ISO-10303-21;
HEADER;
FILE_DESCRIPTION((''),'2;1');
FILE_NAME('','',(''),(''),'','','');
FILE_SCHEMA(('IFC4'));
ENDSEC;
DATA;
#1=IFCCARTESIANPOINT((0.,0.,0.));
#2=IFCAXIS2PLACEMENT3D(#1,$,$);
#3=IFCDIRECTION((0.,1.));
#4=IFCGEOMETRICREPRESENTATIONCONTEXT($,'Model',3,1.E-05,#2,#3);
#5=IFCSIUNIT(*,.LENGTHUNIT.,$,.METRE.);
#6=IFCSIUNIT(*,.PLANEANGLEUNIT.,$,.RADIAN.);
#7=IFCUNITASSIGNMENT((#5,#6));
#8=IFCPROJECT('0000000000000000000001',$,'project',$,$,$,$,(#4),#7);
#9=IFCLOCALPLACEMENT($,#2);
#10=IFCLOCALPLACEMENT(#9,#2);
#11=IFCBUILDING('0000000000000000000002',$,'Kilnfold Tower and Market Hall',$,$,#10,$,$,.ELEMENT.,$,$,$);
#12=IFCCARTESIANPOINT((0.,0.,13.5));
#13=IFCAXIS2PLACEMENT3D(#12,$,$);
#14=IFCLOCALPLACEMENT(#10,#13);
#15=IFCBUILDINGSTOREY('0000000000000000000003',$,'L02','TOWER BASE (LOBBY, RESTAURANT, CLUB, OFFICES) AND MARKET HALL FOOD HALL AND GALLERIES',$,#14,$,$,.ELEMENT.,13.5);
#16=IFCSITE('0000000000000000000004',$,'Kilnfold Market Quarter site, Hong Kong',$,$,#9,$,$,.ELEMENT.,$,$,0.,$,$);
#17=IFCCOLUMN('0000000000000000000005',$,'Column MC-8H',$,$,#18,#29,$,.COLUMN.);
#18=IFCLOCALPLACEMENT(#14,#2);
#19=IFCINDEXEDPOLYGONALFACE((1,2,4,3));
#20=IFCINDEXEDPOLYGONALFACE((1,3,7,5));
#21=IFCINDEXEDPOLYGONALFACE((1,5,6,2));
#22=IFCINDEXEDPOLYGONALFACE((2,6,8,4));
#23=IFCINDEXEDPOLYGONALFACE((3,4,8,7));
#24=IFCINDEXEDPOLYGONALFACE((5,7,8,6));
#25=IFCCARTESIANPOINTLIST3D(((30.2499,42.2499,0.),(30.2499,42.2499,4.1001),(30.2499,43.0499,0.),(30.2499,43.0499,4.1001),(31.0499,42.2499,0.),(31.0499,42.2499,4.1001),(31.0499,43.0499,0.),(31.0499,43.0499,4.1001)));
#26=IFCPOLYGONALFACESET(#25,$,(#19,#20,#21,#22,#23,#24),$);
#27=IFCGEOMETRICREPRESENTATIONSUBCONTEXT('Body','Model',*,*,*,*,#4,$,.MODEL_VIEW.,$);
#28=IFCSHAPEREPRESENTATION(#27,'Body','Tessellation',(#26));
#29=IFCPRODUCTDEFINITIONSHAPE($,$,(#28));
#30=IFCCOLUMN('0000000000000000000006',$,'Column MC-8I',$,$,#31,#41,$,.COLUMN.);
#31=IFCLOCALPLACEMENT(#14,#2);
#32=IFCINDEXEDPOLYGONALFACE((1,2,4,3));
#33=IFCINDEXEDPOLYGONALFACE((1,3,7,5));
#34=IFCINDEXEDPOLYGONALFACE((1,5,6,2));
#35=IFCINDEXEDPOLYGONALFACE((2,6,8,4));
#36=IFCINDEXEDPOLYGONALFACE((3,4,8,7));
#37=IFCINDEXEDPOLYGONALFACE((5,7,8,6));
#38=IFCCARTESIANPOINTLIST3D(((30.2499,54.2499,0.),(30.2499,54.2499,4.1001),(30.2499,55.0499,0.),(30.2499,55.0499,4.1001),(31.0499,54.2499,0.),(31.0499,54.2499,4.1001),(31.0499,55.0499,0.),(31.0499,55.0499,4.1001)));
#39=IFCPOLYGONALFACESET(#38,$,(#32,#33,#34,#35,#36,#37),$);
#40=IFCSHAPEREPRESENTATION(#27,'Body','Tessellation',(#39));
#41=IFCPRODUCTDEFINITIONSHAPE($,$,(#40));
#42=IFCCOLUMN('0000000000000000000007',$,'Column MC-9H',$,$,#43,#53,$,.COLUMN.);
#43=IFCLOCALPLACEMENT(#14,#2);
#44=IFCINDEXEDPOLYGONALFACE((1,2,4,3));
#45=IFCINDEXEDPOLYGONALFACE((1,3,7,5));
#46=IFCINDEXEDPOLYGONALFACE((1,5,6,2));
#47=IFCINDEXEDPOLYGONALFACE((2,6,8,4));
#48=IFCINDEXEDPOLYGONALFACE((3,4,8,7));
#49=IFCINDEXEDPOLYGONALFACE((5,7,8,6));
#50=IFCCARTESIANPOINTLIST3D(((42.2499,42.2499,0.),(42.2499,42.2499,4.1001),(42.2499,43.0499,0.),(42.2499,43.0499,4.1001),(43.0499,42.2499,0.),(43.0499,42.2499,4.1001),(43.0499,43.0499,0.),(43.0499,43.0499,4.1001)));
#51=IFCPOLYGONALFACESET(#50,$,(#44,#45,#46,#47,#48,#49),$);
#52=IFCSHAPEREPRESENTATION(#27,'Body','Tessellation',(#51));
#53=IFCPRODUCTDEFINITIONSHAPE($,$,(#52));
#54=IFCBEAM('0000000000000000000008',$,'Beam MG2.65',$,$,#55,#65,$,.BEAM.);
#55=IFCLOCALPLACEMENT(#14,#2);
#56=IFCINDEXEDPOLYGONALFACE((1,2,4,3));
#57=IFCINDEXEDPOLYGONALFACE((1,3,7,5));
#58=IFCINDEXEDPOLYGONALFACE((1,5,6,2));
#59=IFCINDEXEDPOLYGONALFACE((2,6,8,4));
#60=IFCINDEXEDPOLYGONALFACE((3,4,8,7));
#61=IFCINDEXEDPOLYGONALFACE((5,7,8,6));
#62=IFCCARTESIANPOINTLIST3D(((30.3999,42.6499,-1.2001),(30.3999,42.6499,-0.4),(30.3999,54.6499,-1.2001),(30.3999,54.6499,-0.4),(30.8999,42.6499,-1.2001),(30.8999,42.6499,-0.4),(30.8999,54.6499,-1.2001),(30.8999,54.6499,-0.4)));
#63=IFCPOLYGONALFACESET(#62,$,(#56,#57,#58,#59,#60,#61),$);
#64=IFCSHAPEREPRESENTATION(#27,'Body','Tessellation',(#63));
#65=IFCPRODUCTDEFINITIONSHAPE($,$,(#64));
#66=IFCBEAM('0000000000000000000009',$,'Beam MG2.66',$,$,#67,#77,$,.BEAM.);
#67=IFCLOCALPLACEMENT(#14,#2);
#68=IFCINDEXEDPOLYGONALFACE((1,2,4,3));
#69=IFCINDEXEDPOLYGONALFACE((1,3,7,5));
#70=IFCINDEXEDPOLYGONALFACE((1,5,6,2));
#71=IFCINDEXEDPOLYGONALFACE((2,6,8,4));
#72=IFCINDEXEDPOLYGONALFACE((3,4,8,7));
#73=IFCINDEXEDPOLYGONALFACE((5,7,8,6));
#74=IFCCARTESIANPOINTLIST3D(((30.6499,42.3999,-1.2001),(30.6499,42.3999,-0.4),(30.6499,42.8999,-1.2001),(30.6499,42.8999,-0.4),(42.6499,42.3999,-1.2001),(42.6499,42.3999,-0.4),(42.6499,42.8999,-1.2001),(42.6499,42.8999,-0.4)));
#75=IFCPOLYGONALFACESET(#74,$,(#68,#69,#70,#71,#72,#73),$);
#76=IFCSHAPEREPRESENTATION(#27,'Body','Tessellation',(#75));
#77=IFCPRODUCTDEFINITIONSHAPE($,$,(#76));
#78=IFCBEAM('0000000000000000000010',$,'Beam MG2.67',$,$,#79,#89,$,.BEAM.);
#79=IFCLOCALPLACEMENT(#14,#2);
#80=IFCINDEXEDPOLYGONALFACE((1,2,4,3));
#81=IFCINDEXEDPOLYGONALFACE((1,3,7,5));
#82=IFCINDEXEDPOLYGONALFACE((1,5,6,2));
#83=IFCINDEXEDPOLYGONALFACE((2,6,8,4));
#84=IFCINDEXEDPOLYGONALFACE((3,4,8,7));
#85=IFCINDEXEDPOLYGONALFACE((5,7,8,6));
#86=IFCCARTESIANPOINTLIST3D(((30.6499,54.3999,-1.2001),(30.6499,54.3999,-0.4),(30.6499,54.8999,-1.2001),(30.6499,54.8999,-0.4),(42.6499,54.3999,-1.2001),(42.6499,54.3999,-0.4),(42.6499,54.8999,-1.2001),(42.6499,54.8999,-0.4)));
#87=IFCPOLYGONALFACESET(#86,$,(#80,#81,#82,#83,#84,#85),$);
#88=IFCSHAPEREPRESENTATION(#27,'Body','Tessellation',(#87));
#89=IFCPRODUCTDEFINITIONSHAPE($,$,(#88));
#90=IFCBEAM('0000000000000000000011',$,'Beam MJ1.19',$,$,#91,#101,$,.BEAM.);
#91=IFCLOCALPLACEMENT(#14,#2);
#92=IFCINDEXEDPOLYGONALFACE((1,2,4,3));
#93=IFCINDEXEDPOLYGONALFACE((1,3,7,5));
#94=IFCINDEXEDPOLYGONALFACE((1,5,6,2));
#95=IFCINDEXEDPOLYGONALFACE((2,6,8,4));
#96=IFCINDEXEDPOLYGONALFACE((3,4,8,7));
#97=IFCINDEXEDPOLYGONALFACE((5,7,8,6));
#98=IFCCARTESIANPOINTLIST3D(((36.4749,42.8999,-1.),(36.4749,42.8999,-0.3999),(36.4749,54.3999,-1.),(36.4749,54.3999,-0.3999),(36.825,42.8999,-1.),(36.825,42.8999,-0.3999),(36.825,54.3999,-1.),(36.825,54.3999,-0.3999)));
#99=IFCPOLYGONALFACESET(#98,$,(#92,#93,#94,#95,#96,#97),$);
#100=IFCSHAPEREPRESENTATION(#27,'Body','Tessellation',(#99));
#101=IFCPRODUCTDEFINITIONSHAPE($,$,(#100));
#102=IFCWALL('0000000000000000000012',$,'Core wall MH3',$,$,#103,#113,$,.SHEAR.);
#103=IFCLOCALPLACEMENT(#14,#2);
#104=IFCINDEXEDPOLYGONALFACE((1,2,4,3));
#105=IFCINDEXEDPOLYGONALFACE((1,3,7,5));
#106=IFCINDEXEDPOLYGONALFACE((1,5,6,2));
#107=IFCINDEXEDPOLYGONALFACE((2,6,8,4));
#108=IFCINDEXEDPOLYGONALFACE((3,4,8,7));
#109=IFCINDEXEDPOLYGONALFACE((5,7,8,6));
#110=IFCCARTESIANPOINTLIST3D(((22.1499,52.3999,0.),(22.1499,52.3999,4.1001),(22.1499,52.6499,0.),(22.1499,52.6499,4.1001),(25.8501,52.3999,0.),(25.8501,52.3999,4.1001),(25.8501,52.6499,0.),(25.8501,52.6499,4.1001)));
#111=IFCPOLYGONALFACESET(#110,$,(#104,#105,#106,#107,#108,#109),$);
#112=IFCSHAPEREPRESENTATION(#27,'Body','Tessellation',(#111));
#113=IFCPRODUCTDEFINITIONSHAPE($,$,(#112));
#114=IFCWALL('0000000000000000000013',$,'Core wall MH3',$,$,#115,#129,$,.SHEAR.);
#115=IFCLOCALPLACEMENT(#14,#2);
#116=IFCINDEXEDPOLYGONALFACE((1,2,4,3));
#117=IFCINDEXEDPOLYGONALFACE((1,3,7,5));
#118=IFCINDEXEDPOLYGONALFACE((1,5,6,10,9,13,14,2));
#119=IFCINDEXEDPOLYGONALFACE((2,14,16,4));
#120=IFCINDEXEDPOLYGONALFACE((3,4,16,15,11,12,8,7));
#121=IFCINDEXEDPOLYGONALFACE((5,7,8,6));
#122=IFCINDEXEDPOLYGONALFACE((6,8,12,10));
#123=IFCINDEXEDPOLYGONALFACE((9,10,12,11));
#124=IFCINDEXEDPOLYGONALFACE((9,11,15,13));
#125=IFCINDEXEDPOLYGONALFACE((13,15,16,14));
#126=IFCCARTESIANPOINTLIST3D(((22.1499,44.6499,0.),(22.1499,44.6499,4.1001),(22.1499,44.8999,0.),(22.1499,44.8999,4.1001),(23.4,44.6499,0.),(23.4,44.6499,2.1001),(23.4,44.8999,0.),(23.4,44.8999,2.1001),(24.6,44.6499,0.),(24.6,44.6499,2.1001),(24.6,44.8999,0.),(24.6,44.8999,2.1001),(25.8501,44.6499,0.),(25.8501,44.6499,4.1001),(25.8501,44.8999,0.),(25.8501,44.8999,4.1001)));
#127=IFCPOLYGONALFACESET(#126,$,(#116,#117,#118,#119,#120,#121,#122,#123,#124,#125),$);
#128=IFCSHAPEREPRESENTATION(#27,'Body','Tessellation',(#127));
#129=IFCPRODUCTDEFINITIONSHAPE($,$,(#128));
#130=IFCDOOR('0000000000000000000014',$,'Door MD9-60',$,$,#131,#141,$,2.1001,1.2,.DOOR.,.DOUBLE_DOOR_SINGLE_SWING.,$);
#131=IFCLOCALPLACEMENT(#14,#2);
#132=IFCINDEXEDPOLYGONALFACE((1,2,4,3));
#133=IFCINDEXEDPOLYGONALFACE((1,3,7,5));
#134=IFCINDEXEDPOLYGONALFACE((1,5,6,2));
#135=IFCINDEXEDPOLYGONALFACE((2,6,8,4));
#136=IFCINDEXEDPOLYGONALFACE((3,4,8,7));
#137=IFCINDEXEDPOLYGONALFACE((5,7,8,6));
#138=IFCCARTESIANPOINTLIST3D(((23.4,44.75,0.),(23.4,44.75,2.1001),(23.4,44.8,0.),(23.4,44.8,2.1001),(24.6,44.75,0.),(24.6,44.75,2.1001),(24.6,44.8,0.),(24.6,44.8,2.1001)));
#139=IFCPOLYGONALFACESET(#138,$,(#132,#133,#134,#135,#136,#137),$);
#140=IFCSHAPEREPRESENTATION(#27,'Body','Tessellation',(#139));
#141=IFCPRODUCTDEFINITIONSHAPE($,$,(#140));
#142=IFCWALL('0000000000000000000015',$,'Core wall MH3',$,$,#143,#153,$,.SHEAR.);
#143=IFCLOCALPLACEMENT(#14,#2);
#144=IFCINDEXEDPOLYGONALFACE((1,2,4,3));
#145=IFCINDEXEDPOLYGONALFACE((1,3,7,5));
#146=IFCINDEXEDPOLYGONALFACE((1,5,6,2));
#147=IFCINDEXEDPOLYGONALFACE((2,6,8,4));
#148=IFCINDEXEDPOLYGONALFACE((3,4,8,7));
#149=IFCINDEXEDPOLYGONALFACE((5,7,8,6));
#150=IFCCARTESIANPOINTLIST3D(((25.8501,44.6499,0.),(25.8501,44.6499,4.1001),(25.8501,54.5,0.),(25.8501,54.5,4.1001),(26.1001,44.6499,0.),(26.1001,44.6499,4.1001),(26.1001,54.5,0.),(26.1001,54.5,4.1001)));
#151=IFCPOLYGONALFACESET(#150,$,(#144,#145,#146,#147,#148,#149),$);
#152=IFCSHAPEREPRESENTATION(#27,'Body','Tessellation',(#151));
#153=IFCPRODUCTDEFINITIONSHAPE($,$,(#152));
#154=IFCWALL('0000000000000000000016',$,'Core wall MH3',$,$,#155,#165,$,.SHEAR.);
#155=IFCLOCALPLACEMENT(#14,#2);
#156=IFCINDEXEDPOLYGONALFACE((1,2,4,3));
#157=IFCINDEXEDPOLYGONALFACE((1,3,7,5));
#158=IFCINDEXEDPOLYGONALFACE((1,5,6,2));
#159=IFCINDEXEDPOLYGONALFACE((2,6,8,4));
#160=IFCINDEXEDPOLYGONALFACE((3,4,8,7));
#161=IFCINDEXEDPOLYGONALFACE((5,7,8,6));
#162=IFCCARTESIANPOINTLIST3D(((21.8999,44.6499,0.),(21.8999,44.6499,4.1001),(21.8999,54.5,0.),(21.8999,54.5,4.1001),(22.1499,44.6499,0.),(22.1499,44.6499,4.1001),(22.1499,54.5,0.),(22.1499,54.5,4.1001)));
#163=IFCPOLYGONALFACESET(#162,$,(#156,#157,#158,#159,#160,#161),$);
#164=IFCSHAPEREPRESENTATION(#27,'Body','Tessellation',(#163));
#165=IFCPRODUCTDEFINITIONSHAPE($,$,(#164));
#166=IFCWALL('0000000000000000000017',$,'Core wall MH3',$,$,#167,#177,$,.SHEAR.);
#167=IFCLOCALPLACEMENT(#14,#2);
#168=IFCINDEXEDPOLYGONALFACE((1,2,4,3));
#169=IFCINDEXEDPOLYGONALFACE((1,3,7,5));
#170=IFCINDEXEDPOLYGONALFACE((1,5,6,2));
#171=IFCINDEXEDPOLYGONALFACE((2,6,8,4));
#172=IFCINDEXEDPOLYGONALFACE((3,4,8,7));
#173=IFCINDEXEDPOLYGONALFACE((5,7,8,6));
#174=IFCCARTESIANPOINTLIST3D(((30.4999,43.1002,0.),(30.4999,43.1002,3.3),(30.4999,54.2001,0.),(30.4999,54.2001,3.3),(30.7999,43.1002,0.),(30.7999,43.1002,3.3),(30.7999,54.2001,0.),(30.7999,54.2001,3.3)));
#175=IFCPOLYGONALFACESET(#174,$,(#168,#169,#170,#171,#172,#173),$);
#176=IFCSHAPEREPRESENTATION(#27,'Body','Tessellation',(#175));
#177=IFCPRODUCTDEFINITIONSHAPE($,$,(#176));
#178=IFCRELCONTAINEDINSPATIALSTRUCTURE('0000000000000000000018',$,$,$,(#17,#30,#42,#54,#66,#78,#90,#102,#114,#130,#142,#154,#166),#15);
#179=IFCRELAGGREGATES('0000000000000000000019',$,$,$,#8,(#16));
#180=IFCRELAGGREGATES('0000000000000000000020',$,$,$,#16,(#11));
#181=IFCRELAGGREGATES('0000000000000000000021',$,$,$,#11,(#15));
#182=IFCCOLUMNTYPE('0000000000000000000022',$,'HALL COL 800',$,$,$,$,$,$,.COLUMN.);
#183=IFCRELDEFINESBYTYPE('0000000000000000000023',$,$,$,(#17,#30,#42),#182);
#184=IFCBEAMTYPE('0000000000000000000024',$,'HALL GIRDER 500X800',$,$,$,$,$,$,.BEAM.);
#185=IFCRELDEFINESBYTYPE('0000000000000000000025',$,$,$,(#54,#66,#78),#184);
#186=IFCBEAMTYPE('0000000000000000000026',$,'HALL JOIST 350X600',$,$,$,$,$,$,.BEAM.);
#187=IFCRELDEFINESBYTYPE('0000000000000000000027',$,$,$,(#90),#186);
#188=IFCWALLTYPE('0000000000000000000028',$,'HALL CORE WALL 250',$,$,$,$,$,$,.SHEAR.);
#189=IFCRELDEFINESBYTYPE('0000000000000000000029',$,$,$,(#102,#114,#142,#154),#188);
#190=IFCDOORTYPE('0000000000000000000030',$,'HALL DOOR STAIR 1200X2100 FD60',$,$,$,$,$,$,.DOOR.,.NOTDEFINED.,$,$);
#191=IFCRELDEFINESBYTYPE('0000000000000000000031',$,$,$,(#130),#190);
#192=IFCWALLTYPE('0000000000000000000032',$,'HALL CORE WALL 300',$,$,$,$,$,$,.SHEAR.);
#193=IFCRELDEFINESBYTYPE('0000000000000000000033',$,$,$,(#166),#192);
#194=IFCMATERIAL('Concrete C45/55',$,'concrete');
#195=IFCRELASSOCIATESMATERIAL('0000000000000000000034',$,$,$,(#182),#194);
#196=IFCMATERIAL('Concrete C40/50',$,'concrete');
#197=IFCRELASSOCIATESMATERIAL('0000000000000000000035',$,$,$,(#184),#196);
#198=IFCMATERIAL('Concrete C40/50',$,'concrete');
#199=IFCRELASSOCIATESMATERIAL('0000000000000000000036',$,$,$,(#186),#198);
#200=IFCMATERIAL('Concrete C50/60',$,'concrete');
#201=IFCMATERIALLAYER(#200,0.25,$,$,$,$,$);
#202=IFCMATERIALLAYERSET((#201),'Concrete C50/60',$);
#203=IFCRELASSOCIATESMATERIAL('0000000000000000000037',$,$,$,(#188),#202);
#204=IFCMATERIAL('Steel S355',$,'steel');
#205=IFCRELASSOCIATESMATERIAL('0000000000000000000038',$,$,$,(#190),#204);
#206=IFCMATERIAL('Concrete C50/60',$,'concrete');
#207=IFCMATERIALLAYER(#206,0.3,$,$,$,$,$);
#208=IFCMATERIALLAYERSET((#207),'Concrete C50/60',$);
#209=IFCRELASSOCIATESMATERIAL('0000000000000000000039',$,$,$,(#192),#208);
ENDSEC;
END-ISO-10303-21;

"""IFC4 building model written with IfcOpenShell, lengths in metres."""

from ifc_helpers import new_model, si_unit, direction, frame, frame_2d, origin, origin_2d, place, context, subcontext, project, spatial, rectangle, extrude, source, transform, mapped, material, layer, layer_set, material_profile, profile_set, type_object, element, fill, save


model = new_model("IFC4")

# Units and contexts
model_context = context("Model", 3, precision=1e-05, world=origin(), true_north=direction((0.0, 1.0)))
body_context = subcontext(model_context, "Body", "Model", "MODEL_VIEW")
ifc_project = project(units=[si_unit("LENGTHUNIT", "METRE"), si_unit("PLANEANGLEUNIT", "RADIAN")], contexts=[model_context])

# Site, building, storey
site_placement = place(None, origin())
site = spatial("IfcSite", under=ifc_project, at=site_placement, Name="Kilnfold Market Quarter site, Hong Kong", CompositionType="ELEMENT", RefElevation=0.0)
building_placement = place(site_placement, origin())
building = spatial("IfcBuilding", under=site, at=building_placement, Name="Kilnfold Tower and Market Hall", CompositionType="ELEMENT")
storey_placement = place(building_placement, frame((0.0, 0.0, 13.5)))
storey = spatial("IfcBuildingStorey", under=building, at=storey_placement, Name="L02", Description="TOWER BASE (LOBBY, RESTAURANT, CLUB, OFFICES) AND MARKET HALL FOOD HALL AND GALLERIES", CompositionType="ELEMENT", Elevation=13.5)

# Columns
ifc_material_1 = material(Name="Concrete C45/55", Category="concrete")
ifc_material_profile_1 = material_profile(ifc_material_1, rectangle(XDim=0.8, YDim=0.8, at=origin_2d()), Name="RC 800x800")
ifc_profile_set_1 = profile_set([ifc_material_profile_1], Name="Concrete C45/55")
column_type = type_object("IfcColumnType", Name="HALL COL 800", PredefinedType="COLUMN", material=ifc_profile_set_1)
shared_shape_1 = source(origin(), body_context, "Body", "SweptSolid", [
    extrude(rectangle(XDim=0.8, YDim=0.8, at=origin_2d()), origin(), (0.0, 0.0, 1.0), 4.1001),
])
for number, where, z_axis, x_axis, name in (
    (1, (30.6499, 42.6499, 0.0), (0.0, 0.0, 1.0), (1.0, 0.0, 0.0), "Column MC-8H"),
    (2, (30.6499, 54.6499, 0.0), (0.0, 0.0, 1.0), (1.0, 0.0, 0.0), "Column MC-8I"),
    (3, (42.6499, 42.6499, 0.0), (0.0, 0.0, 1.0), (1.0, 0.0, 0.0), "Column MC-9H"),
):
    element("IfcColumn", number, at=place(storey_placement, frame(where, z_axis=z_axis, x_axis=x_axis)), inside=storey, type_object=column_type, Name=name, PredefinedType="COLUMN", context=body_context, shape_type="MappedRepresentation", body=[
        mapped(shared_shape_1, transform((0.0, 0.0, 0.0))),
    ])

# Beams
ifc_material_2 = material(Name="Concrete C40/50", Category="concrete")
ifc_material_profile_2 = material_profile(ifc_material_2, rectangle(XDim=0.5, YDim=0.8, at=origin_2d()), Name="RC 500x800")
ifc_profile_set_2 = profile_set([ifc_material_profile_2], Name="Concrete C40/50")
beam_type_1 = type_object("IfcBeamType", Name="HALL GIRDER 500X800", PredefinedType="BEAM", material=ifc_profile_set_2)
for number, where, z_axis, x_axis, name in (
    (4, (30.6499, 42.6499, -0.8), (0.0, 1.0, 0.0), (-1.0, 0.0, 0.0), "Beam MG2.65"),
    (5, (30.6499, 42.6499, -0.8), (1.0, 0.0, 0.0), (0.0, 1.0, 0.0), "Beam MG2.66"),
    (6, (30.6499, 54.6499, -0.8), (1.0, 0.0, 0.0), (0.0, 1.0, 0.0), "Beam MG2.67"),
):
    element("IfcBeam", number, at=place(storey_placement, frame(where, z_axis=z_axis, x_axis=x_axis)), inside=storey, type_object=beam_type_1, Name=name, PredefinedType="BEAM", context=body_context, shape_type="SweptSolid", body=[
        extrude(rectangle(XDim=0.5, YDim=0.8, at=origin_2d()), origin(), (0.0, 0.0, 1.0), 12.0),
    ])
ifc_material_3 = material(Name="Concrete C40/50", Category="concrete")
ifc_material_profile_3 = material_profile(ifc_material_3, rectangle(XDim=0.3501, YDim=0.6001, at=origin_2d()), Name="RC 350x600")
ifc_profile_set_3 = profile_set([ifc_material_profile_3], Name="Concrete C40/50")
beam_type_2 = type_object("IfcBeamType", Name="HALL JOIST 350X600", PredefinedType="BEAM", material=ifc_profile_set_3)
beam_placement = place(storey_placement, frame((36.6499, 42.8999, -0.7), z_axis=(0.0, 1.0, 0.0), x_axis=(-1.0, 0.0, 0.0)))
element("IfcBeam", 7, at=beam_placement, inside=storey, type_object=beam_type_2, Name="Beam MJ1.19", PredefinedType="BEAM", context=body_context, shape_type="SweptSolid", body=[
    extrude(rectangle(XDim=0.3501, YDim=0.6001, at=origin_2d()), origin(), (0.0, 0.0, 1.0), 11.5),
])

# Wall
ifc_material_4 = material(Name="Concrete C50/60", Category="concrete")
ifc_layer_1 = layer(ifc_material_4, 0.25)
ifc_layer_set_1 = layer_set([ifc_layer_1], Name="Concrete C50/60")
wall_type_1 = type_object("IfcWallType", Name="HALL CORE WALL 250", PredefinedType="SHEAR", material=ifc_layer_set_1)
shared_shape_2 = source(origin(), body_context, "Body", "SweptSolid", [
    extrude(rectangle(XDim=3.7002, YDim=0.25, at=frame_2d((1.8501, 0.0))), origin(), (0.0, 0.0, 1.0), 4.1001),
])
wall_1_placement = place(storey_placement, frame((25.8501, 52.5249, 0.0), z_axis=(0.0, 0.0, 1.0), x_axis=(-1.0, 0.0, 0.0)))
element("IfcWall", 8, at=wall_1_placement, inside=storey, type_object=wall_type_1, Name="Core wall MH3", PredefinedType="SHEAR", context=body_context, shape_type="MappedRepresentation", body=[
    mapped(shared_shape_2, transform((0.0, 0.0, 0.0))),
])

# Wall, opening, door
wall_2_placement = place(storey_placement, frame((25.8501, 44.7749, 0.0), z_axis=(0.0, 0.0, 1.0), x_axis=(-1.0, 0.0, 0.0)))
wall_2 = element("IfcWall", 9, at=wall_2_placement, inside=storey, type_object=wall_type_1, Name="Core wall MH3", PredefinedType="SHEAR", context=body_context, shape_type="MappedRepresentation", body=[
    mapped(shared_shape_2, transform((0.0, 0.0, 0.0))),
])
opening_1_placement = place(wall_2_placement, frame((1.25, 0.0, 0.0)))
opening_1 = element("IfcOpeningElement", 10, at=opening_1_placement, cuts=wall_2, PredefinedType="OPENING", context=body_context, shape_type="SweptSolid", body=[
    extrude(rectangle(XDim=1.2, YDim=2.1001, at=frame_2d((0.6001, 1.05))), frame((0.0, 0.135, 0.0), z_axis=(0.0, -1.0, 0.0), x_axis=(1.0, 0.0, 0.0)), (0.0, 0.0, 1.0), 0.27),
])
ifc_material_5 = material(Name="Steel S355", Category="steel")
door_type_1 = type_object("IfcDoorType", Name="HALL DOOR STAIR 1200X2100 FD60", OperationType="NOTDEFINED", PredefinedType="DOOR", material=ifc_material_5)
door_1_placement = place(opening_1_placement, origin())
door_1 = element("IfcDoor", 11, at=door_1_placement, inside=storey, type_object=door_type_1, Name="Door MD9-60", OperationType="DOUBLE_DOOR_SINGLE_SWING", OverallHeight=2.1001, OverallWidth=1.2, PredefinedType="DOOR", context=body_context, shape_type="SweptSolid", body=[
    extrude(rectangle(XDim=1.2, YDim=2.1001, at=frame_2d((0.6001, 1.05))), frame((0.0, 0.0249, 0.0), z_axis=(0.0, -1.0, 0.0), x_axis=(1.0, 0.0, 0.0)), (0.0, 0.0, 1.0), 0.05),
])
fill(opening_1, door_1)

# Walls
shared_shape_3 = source(origin(), body_context, "Body", "SweptSolid", [
    extrude(rectangle(XDim=9.8501, YDim=0.25, at=frame_2d((4.925, 0.0))), origin(), (0.0, 0.0, 1.0), 4.1001),
])
for number, where, z_axis, x_axis, name in (
    (12, (25.9751, 54.5, 0.0), (0.0, 0.0, 1.0), (0.0, -1.0, 0.0), "Core wall MH3"),
    (13, (22.0249, 54.5, 0.0), (0.0, 0.0, 1.0), (0.0, -1.0, 0.0), "Core wall MH3"),
):
    element("IfcWall", number, at=place(storey_placement, frame(where, z_axis=z_axis, x_axis=x_axis)), inside=storey, type_object=wall_type_1, Name=name, PredefinedType="SHEAR", context=body_context, shape_type="MappedRepresentation", body=[
        mapped(shared_shape_3, transform((0.0, 0.0, 0.0))),
    ])
ifc_material_6 = material(Name="Concrete C50/60", Category="concrete")
ifc_layer_2 = layer(ifc_material_6, 0.3)
ifc_layer_set_2 = layer_set([ifc_layer_2], Name="Concrete C50/60")
wall_type_2 = type_object("IfcWallType", Name="HALL CORE WALL 300", PredefinedType="SHEAR", material=ifc_layer_set_2)
shared_shape_4 = source(origin(), body_context, "Body", "SweptSolid", [
    extrude(rectangle(XDim=11.0999, YDim=0.3, at=frame_2d((5.5498, 0.0))), origin(), (0.0, 0.0, 1.0), 3.3),
])
wall_3_placement = place(storey_placement, frame((30.6499, 54.2, 0.0), z_axis=(0.0, 0.0, 1.0), x_axis=(0.0, -1.0, 0.0)))
element("IfcWall", 14, at=wall_3_placement, inside=storey, type_object=wall_type_2, Name="Core wall MH3", PredefinedType="SHEAR", context=body_context, shape_type="MappedRepresentation", body=[
    mapped(shared_shape_4, transform((0.0, 0.0, 0.0))),
])

save(model, "model.ifc")
